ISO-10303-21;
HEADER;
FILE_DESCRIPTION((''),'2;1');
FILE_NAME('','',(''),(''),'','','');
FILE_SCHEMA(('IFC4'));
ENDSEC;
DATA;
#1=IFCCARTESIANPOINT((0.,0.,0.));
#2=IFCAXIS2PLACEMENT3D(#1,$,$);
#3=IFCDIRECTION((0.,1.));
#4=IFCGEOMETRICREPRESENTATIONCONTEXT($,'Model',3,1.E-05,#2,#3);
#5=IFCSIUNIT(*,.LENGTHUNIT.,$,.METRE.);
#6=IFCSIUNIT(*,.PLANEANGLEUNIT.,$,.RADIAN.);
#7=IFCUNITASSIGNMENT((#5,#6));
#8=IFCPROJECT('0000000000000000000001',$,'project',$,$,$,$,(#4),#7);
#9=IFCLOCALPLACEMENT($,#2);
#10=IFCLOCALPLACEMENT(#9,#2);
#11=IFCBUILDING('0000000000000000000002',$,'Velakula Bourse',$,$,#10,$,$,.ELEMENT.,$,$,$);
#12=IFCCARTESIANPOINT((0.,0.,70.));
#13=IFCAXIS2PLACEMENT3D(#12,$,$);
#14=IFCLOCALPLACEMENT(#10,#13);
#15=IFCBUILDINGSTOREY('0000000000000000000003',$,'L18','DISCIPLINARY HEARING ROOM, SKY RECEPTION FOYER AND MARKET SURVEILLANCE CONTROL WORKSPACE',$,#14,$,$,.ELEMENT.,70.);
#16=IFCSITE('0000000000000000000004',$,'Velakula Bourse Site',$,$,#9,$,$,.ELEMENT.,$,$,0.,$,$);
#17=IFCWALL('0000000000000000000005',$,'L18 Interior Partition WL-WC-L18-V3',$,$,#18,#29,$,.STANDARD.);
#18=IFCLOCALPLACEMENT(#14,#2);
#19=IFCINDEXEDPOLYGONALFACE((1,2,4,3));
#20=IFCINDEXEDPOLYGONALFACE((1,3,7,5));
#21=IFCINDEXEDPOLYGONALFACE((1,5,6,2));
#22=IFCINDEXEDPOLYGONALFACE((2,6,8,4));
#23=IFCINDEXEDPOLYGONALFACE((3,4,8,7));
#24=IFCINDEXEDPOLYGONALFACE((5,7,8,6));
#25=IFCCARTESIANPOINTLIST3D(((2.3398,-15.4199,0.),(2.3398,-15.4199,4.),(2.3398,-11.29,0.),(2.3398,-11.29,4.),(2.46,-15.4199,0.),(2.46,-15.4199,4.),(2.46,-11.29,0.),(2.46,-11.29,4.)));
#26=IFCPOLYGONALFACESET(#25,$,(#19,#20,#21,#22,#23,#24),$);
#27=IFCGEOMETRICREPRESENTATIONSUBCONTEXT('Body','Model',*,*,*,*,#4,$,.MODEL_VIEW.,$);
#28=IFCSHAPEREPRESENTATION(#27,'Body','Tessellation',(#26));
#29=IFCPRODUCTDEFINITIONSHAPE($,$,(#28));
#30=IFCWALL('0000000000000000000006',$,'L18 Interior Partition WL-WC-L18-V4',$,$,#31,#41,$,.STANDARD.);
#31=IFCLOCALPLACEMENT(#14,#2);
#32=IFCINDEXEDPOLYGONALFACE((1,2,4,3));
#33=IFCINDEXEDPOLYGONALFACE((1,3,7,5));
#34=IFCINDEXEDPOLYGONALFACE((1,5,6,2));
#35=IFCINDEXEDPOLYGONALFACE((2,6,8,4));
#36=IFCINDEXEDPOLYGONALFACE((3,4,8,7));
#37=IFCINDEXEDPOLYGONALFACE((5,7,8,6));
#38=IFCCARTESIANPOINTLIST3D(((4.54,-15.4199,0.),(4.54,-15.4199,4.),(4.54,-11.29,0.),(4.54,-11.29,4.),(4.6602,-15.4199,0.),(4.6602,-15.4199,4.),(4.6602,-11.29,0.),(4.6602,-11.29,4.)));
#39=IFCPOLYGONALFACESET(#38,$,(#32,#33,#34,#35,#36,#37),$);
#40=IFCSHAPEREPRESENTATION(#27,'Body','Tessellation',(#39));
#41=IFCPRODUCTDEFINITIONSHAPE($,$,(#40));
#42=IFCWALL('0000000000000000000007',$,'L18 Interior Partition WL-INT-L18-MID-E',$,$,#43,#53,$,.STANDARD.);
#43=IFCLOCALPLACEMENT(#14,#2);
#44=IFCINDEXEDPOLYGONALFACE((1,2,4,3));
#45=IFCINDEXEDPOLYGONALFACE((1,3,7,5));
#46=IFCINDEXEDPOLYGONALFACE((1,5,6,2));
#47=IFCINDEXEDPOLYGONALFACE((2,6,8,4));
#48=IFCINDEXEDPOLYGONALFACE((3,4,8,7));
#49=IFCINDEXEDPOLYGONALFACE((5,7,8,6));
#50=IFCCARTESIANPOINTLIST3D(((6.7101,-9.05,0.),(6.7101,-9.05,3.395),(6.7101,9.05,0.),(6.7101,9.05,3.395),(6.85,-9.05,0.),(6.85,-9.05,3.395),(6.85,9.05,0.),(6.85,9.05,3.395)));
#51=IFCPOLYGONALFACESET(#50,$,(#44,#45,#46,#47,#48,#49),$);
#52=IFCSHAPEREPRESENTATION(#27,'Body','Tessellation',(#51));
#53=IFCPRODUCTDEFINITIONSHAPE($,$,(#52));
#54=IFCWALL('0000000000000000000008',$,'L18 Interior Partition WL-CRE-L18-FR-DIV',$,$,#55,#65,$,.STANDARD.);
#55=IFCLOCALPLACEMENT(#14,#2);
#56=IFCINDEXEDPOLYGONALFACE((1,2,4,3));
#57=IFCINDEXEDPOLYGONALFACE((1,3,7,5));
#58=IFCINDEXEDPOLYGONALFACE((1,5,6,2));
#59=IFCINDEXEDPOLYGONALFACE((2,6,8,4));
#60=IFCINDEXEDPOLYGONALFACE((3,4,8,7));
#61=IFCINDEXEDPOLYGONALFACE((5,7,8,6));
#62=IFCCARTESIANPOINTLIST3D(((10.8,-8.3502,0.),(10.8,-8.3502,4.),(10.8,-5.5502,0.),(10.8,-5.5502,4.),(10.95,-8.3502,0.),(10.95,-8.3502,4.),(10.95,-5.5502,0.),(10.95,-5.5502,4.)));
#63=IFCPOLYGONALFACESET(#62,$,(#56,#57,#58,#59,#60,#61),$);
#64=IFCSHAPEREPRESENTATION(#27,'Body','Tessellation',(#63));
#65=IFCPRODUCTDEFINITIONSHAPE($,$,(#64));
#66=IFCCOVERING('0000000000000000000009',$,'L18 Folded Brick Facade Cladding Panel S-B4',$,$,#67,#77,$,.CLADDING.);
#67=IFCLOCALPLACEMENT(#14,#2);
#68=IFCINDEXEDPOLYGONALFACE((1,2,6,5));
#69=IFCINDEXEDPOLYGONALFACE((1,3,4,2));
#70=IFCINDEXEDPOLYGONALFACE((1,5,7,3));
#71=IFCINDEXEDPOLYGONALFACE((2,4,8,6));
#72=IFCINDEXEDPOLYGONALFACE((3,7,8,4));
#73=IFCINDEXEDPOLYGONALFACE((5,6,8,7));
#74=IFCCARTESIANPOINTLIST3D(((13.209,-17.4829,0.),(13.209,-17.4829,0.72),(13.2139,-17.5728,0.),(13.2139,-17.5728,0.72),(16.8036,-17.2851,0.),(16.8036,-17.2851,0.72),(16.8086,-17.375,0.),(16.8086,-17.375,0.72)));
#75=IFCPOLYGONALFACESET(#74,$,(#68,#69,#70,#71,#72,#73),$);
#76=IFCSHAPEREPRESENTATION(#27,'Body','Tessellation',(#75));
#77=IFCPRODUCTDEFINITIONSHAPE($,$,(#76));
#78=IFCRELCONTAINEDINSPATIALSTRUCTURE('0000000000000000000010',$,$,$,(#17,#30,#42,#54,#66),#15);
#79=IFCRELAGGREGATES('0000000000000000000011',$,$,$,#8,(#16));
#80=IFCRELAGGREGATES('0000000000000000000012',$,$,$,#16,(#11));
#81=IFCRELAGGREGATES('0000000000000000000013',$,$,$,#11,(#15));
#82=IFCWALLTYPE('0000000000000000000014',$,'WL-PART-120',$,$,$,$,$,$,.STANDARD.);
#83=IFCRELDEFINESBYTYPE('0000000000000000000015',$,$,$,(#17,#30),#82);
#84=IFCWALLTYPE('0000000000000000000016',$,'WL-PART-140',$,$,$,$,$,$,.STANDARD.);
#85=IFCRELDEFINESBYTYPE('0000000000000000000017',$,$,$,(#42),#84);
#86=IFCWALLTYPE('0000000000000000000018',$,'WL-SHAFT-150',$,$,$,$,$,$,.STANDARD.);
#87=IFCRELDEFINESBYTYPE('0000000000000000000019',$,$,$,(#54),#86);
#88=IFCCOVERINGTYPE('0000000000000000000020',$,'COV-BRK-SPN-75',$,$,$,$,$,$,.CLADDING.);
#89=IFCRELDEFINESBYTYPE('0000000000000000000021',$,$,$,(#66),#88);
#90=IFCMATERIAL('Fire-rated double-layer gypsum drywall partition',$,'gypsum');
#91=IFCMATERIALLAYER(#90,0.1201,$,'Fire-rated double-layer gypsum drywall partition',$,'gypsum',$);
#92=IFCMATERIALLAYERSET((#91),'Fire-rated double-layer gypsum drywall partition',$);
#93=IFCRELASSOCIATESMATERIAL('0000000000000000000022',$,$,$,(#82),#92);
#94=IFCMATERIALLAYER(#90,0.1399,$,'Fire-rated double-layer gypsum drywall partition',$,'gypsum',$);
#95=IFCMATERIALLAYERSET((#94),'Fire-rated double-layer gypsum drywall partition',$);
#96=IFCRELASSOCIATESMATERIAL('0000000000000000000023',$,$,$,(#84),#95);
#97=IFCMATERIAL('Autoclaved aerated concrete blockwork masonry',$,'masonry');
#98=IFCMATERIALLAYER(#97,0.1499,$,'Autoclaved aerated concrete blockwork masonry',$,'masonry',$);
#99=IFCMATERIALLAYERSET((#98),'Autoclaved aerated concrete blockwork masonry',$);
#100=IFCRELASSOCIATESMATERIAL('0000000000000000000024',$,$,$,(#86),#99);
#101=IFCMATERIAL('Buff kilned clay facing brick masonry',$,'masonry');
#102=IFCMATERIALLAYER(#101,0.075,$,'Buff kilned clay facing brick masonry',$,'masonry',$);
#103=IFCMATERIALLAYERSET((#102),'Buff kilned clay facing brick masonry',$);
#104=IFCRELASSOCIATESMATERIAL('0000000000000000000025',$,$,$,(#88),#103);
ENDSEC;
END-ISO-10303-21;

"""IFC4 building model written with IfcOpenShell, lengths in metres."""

from ifc_helpers import new_model, si_unit, direction, frame, frame_2d, origin, origin_2d, place, context, subcontext, project, spatial, rectangle, extrude, material, layer, layer_set, type_object, element, save


model = new_model("IFC4")

# Units and contexts
model_context = context("Model", 3, precision=1e-05, world=origin(), true_north=direction((0.0, 1.0)))
body_context = subcontext(model_context, "Body", "Model", "MODEL_VIEW")
ifc_project = project(units=[si_unit("LENGTHUNIT", "METRE"), si_unit("PLANEANGLEUNIT", "RADIAN")], contexts=[model_context])

# Site, building, storey
site_placement = place(None, origin())
site = spatial("IfcSite", under=ifc_project, at=site_placement, Name="Velakula Bourse Site", CompositionType="ELEMENT", RefElevation=0.0)
building_placement = place(site_placement, origin())
building = spatial("IfcBuilding", under=site, at=building_placement, Name="Velakula Bourse", CompositionType="ELEMENT")
storey_placement = place(building_placement, frame((0.0, 0.0, 70.0)))
storey = spatial("IfcBuildingStorey", under=building, at=storey_placement, Name="L18", Description="DISCIPLINARY HEARING ROOM, SKY RECEPTION FOYER AND MARKET SURVEILLANCE CONTROL WORKSPACE", CompositionType="ELEMENT", Elevation=70.0)

# Walls
ifc_material_1 = material(Name="Fire-rated double-layer gypsum drywall partition", Category="gypsum")
ifc_layer_1 = layer(ifc_material_1, 0.1201, Name="Fire-rated double-layer gypsum drywall partition", Category="gypsum")
ifc_layer_set_1 = layer_set([ifc_layer_1], Name="Fire-rated double-layer gypsum drywall partition")
wall_type_1 = type_object("IfcWallType", Name="WL-PART-120", PredefinedType="STANDARD", material=ifc_layer_set_1)
for number, where, z_axis, x_axis, name in (
    (1, (2.3999, -15.4199, 0.0), (0.0, 0.0, 1.0), (0.0, 1.0, 0.0), "L18 Interior Partition WL-WC-L18-V3"),
    (2, (4.6001, -15.4199, 0.0), (0.0, 0.0, 1.0), (0.0, 1.0, 0.0), "L18 Interior Partition WL-WC-L18-V4"),
):
    element("IfcWall", number, at=place(storey_placement, frame(where, z_axis=z_axis, x_axis=x_axis)), inside=storey, type_object=wall_type_1, Name=name, PredefinedType="STANDARD", context=body_context, shape_type="SweptSolid", body=[
        extrude(rectangle(XDim=4.1299, YDim=0.1201, at=frame_2d((2.0649, 0.0))), origin(), (0.0, 0.0, 1.0), 4.0),
    ])
ifc_layer_2 = layer(ifc_material_1, 0.1399, Name="Fire-rated double-layer gypsum drywall partition", Category="gypsum")
ifc_layer_set_2 = layer_set([ifc_layer_2], Name="Fire-rated double-layer gypsum drywall partition")
wall_type_2 = type_object("IfcWallType", Name="WL-PART-140", PredefinedType="STANDARD", material=ifc_layer_set_2)
wall_1_placement = place(storey_placement, frame((6.78, -9.05, 0.0), z_axis=(0.0, 0.0, 1.0), x_axis=(0.0, 1.0, 0.0)))
element("IfcWall", 3, at=wall_1_placement, inside=storey, type_object=wall_type_2, Name="L18 Interior Partition WL-INT-L18-MID-E", PredefinedType="STANDARD", context=body_context, shape_type="SweptSolid", body=[
    extrude(rectangle(XDim=18.1001, YDim=0.1399, at=frame_2d((9.05, 0.0))), origin(), (0.0, 0.0, 1.0), 3.395),
])
ifc_material_2 = material(Name="Autoclaved aerated concrete blockwork masonry", Category="masonry")
ifc_layer_3 = layer(ifc_material_2, 0.1499, Name="Autoclaved aerated concrete blockwork masonry", Category="masonry")
ifc_layer_set_3 = layer_set([ifc_layer_3], Name="Autoclaved aerated concrete blockwork masonry")
wall_type_3 = type_object("IfcWallType", Name="WL-SHAFT-150", PredefinedType="STANDARD", material=ifc_layer_set_3)
wall_2_placement = place(storey_placement, frame((10.875, -8.3501, 0.0), z_axis=(0.0, 0.0, 1.0), x_axis=(0.0, 1.0, 0.0)))
element("IfcWall", 4, at=wall_2_placement, inside=storey, type_object=wall_type_3, Name="L18 Interior Partition WL-CRE-L18-FR-DIV", PredefinedType="STANDARD", context=body_context, shape_type="SweptSolid", body=[
    extrude(rectangle(XDim=2.8, YDim=0.1499, at=frame_2d((1.3999, 0.0))), origin(), (0.0, 0.0, 1.0), 4.0),
])

# Covering
ifc_material_3 = material(Name="Buff kilned clay facing brick masonry", Category="masonry")
ifc_layer_4 = layer(ifc_material_3, 0.075, Name="Buff kilned clay facing brick masonry", Category="masonry")
ifc_layer_set_4 = layer_set([ifc_layer_4], Name="Buff kilned clay facing brick masonry")
covering_type = type_object("IfcCoveringType", Name="COV-BRK-SPN-75", PredefinedType="CLADDING", material=ifc_layer_set_4)
covering_placement = place(storey_placement, frame((15.0088, -17.429, 0.0), z_axis=(0.0, 0.0, 1.0), x_axis=(0.998489, 0.05495, 0.0)))
element("IfcCovering", 5, at=covering_placement, inside=storey, type_object=covering_type, Name="L18 Folded Brick Facade Cladding Panel S-B4", PredefinedType="CLADDING", context=body_context, shape_type="SweptSolid", body=[
    extrude(rectangle(XDim=3.6001, YDim=0.0901, at=origin_2d()), origin(), (0.0, 0.0, 1.0), 0.72),
])

save(model, "model.ifc")
